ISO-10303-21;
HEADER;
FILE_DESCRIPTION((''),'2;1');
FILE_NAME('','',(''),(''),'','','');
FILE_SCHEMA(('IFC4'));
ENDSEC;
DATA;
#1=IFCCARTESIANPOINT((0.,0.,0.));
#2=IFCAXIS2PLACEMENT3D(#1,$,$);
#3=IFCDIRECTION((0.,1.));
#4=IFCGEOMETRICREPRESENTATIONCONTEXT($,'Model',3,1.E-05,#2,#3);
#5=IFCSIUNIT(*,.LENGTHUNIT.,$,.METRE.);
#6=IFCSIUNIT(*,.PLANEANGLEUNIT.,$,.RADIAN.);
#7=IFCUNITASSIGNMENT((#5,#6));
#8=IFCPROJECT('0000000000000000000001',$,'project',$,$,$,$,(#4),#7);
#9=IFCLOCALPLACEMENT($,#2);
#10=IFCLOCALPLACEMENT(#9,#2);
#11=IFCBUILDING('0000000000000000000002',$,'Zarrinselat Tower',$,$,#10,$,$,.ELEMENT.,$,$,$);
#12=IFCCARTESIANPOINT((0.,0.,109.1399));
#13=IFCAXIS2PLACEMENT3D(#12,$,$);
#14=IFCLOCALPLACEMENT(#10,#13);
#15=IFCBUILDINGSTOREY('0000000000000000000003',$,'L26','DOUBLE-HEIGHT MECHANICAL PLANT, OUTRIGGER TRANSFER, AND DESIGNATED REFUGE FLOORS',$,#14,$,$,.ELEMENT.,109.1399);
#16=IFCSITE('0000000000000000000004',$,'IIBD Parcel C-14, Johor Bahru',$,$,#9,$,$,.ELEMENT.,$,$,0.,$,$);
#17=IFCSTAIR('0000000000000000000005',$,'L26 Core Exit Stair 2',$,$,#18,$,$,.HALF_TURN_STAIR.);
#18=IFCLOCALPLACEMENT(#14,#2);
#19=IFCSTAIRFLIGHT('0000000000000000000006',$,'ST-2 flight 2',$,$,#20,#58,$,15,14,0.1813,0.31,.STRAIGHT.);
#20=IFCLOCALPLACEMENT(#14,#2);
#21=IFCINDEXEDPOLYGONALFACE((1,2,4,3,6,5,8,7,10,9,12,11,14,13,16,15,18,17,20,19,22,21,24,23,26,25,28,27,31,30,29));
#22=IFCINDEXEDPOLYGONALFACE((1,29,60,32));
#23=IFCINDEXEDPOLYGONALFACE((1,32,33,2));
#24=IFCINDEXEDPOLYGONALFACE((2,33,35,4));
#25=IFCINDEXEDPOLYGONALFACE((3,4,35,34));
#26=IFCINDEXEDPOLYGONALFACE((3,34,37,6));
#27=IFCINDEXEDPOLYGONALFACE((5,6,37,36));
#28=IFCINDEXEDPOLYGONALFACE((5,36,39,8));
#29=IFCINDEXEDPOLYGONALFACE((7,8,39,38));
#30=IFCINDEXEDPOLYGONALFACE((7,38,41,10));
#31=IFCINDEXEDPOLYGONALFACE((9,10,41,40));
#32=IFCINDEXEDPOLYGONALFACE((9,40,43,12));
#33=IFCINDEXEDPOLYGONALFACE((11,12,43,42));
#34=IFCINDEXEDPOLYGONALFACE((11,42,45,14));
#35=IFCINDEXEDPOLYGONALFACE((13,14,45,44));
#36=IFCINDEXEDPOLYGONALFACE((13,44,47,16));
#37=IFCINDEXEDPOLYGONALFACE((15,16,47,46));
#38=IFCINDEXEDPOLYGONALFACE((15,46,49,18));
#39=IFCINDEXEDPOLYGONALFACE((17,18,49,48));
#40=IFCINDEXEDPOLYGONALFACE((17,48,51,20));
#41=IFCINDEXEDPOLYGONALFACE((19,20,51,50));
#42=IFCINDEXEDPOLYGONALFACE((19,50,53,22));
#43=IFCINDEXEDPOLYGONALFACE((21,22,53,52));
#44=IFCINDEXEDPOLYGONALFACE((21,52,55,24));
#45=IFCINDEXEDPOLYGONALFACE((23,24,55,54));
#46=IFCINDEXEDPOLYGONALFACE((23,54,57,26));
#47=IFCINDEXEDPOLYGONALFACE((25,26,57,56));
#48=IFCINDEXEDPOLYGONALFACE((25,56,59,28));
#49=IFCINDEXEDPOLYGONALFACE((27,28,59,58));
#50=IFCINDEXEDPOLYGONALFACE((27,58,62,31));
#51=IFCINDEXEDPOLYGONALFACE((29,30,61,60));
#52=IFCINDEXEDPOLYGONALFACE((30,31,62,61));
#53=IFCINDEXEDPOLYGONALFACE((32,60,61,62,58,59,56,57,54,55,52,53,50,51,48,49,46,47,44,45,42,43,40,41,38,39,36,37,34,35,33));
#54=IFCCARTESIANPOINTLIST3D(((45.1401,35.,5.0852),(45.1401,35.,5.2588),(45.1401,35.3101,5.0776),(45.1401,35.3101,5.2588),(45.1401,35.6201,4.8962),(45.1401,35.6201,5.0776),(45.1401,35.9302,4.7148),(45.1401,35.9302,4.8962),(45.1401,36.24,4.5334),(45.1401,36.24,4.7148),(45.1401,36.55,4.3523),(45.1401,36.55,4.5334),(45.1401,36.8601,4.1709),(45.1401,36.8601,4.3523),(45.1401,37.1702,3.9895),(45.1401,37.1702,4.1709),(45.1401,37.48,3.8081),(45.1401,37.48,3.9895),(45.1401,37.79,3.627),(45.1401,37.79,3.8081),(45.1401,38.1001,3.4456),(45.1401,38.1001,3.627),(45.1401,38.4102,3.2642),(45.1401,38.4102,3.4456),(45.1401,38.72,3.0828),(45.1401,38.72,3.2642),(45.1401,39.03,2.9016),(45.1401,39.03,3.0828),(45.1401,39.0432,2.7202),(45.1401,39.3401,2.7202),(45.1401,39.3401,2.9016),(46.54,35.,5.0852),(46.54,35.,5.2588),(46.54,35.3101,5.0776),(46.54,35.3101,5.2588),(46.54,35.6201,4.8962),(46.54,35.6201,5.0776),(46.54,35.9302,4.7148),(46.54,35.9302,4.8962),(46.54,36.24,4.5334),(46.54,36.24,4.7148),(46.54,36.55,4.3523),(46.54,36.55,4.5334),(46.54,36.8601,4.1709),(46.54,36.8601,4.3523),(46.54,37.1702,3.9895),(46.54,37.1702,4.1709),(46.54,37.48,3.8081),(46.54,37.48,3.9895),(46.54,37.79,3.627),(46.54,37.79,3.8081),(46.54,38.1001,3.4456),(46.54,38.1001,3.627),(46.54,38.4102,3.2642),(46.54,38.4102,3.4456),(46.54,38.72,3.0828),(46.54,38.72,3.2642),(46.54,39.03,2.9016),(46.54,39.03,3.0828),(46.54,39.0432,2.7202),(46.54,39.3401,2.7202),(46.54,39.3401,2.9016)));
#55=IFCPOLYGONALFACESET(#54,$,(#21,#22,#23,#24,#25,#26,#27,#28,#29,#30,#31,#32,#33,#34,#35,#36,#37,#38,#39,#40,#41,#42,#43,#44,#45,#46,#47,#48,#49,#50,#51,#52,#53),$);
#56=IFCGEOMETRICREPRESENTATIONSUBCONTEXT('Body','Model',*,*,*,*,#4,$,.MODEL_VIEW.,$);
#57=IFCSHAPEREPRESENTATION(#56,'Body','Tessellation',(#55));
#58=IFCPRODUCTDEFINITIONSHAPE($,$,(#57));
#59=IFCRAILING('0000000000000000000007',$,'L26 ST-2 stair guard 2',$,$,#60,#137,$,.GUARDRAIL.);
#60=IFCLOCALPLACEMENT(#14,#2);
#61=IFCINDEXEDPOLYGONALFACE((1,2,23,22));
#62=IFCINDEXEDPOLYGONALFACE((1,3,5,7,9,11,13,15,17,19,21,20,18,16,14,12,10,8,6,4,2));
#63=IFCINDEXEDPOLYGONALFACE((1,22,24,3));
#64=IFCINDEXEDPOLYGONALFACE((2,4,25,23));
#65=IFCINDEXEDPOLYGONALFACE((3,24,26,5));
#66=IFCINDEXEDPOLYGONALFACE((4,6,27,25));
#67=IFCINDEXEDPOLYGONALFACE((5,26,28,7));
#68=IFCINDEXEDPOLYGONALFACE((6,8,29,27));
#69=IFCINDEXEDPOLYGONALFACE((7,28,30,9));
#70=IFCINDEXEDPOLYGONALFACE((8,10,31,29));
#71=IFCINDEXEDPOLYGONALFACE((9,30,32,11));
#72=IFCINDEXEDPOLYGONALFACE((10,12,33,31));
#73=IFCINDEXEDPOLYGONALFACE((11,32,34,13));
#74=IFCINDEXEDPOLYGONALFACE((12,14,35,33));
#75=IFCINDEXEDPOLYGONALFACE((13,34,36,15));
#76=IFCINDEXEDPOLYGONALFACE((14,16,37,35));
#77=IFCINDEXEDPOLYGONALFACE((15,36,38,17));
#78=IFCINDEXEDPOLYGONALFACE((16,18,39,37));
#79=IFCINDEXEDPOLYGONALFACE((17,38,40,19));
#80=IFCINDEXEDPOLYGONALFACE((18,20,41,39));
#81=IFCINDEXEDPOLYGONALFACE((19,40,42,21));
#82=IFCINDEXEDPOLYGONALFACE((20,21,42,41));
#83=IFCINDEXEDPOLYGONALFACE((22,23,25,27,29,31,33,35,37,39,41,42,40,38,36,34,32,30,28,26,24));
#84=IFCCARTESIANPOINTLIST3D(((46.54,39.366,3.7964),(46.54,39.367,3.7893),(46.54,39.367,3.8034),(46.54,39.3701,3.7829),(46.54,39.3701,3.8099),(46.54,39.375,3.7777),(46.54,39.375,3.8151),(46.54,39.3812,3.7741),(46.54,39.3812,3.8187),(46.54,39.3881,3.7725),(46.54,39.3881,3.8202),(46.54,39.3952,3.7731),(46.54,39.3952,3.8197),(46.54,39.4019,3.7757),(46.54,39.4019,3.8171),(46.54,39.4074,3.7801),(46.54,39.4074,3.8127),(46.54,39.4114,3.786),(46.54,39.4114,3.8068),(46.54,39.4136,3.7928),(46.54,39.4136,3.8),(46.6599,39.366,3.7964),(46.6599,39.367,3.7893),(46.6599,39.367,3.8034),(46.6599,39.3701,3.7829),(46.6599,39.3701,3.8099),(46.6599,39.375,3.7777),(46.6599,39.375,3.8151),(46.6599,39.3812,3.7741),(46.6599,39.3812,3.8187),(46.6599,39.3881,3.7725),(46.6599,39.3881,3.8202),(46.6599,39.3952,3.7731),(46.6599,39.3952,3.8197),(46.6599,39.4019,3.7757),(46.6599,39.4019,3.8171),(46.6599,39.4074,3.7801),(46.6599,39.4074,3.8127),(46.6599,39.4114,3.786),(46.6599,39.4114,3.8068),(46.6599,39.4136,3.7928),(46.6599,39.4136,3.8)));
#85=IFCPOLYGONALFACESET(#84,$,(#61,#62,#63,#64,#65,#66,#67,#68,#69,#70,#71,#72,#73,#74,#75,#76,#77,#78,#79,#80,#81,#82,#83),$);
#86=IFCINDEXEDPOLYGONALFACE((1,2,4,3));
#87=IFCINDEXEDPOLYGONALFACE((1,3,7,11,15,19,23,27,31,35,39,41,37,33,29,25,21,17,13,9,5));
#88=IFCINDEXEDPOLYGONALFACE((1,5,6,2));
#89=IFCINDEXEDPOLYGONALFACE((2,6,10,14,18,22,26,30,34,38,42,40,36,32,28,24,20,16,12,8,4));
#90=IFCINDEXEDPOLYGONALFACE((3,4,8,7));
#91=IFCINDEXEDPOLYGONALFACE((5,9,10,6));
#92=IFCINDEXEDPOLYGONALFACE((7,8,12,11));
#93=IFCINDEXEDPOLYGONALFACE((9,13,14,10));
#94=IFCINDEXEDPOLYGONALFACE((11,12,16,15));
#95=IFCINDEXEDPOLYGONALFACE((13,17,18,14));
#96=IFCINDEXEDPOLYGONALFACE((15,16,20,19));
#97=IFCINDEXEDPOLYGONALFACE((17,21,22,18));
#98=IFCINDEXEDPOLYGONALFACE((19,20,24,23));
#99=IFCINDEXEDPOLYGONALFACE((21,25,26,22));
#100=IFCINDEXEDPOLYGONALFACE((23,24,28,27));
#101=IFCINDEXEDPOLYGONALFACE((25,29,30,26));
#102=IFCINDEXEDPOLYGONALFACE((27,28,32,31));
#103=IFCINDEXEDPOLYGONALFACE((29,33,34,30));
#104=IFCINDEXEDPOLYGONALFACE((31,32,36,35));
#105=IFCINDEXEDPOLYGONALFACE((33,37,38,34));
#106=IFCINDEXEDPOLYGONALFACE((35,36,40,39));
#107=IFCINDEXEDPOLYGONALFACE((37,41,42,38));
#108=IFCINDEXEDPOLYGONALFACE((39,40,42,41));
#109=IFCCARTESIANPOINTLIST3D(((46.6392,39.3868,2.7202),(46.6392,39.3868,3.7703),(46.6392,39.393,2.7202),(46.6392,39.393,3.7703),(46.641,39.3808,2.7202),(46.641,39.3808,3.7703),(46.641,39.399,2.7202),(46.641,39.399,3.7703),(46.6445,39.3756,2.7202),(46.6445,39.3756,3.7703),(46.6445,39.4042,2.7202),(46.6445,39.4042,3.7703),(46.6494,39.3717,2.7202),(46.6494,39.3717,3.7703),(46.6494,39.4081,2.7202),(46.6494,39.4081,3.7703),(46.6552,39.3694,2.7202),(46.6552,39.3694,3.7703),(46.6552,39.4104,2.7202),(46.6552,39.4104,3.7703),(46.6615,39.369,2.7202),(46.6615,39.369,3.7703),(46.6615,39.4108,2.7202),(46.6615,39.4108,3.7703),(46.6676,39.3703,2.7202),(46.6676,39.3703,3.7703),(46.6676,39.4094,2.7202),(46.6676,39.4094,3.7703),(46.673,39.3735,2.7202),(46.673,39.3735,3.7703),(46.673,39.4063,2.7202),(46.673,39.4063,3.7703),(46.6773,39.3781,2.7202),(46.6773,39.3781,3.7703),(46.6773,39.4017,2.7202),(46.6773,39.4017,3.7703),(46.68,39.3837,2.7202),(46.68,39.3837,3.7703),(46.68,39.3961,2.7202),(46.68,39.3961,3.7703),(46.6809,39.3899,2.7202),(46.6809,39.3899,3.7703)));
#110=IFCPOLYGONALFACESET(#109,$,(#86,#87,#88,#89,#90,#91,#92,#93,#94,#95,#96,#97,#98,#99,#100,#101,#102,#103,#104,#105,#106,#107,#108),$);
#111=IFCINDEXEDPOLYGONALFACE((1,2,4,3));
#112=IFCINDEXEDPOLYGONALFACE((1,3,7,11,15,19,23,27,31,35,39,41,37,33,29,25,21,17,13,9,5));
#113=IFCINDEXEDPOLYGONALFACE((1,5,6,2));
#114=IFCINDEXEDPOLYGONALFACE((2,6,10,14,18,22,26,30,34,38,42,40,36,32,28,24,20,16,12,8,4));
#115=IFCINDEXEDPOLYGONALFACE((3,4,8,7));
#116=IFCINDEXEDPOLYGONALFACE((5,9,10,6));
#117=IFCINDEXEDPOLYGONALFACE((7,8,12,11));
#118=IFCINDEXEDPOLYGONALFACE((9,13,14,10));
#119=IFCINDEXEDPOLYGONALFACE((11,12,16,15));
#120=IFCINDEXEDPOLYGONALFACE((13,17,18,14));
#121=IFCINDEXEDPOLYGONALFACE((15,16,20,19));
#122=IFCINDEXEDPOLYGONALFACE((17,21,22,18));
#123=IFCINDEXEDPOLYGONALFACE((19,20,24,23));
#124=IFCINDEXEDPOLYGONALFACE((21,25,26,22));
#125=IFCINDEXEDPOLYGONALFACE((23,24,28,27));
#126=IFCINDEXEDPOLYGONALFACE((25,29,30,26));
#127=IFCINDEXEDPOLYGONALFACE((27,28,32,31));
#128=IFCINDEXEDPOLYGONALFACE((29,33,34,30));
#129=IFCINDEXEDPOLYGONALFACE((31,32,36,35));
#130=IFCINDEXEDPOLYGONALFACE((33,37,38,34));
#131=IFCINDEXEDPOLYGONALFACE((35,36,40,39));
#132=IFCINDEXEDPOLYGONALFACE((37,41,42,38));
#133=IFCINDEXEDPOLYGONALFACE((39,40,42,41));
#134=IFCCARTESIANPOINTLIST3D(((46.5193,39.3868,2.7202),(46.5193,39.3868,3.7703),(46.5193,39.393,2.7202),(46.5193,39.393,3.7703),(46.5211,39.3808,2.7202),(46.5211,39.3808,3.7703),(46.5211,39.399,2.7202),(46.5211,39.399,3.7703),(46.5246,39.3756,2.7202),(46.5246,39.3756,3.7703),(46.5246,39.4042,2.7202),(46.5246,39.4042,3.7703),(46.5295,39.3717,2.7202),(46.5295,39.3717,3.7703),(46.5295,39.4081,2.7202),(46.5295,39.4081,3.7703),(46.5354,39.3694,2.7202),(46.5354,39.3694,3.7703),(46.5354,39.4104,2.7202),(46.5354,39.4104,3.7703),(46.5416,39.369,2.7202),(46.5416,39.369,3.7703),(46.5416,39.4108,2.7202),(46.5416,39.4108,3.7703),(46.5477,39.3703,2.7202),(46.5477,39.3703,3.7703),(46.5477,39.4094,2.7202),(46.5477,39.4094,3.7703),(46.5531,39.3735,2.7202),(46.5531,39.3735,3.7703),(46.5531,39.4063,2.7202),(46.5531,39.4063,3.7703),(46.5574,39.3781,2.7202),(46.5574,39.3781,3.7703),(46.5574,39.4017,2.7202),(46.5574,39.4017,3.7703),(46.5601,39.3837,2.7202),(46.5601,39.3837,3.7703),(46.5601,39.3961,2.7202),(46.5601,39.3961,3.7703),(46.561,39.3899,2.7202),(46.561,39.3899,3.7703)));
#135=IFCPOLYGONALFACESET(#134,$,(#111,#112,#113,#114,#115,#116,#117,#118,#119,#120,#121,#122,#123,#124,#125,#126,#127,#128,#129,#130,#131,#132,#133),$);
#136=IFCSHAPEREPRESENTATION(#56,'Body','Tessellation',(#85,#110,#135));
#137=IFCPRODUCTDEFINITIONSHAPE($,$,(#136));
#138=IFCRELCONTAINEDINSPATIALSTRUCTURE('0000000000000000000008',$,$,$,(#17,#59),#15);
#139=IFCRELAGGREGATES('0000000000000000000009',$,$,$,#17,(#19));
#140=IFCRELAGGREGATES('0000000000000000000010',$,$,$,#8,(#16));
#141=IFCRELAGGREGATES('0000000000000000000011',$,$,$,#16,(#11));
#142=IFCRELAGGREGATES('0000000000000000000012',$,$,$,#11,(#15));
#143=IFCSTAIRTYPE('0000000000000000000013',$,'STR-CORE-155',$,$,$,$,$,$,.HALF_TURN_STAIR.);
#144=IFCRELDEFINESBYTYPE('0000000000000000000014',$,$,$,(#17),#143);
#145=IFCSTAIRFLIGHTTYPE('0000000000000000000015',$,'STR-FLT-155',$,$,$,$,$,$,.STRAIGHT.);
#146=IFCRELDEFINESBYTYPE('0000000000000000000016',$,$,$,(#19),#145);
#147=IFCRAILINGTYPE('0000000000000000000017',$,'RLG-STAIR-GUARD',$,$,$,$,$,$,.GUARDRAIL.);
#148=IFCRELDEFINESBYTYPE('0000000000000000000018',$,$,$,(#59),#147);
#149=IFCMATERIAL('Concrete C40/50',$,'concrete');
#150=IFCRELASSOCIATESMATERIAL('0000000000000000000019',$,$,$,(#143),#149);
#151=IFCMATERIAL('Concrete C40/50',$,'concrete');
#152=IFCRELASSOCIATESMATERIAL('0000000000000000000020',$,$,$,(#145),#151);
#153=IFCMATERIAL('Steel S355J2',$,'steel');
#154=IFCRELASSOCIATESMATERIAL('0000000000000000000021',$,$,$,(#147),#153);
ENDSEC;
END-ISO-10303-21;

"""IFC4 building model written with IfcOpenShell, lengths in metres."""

from ifc_helpers import new_model, si_unit, direction, frame, origin, origin_2d, place, context, subcontext, project, spatial, polyline, circle, outline, extrude, material, type_object, element, aggregate, save


model = new_model("IFC4")

# Units and contexts
model_context = context("Model", 3, precision=1e-05, world=origin(), true_north=direction((0.0, 1.0)))
body_context = subcontext(model_context, "Body", "Model", "MODEL_VIEW")
ifc_project = project(units=[si_unit("LENGTHUNIT", "METRE"), si_unit("PLANEANGLEUNIT", "RADIAN")], contexts=[model_context])

# Site, building, storey
site_placement = place(None, origin())
site = spatial("IfcSite", under=ifc_project, at=site_placement, Name="IIBD Parcel C-14, Johor Bahru", CompositionType="ELEMENT", RefElevation=0.0)
building_placement = place(site_placement, origin())
building = spatial("IfcBuilding", under=site, at=building_placement, Name="Zarrinselat Tower", CompositionType="ELEMENT")
storey_placement = place(building_placement, frame((0.0, 0.0, 109.1399)))
storey = spatial("IfcBuildingStorey", under=building, at=storey_placement, Name="L26", Description="DOUBLE-HEIGHT MECHANICAL PLANT, OUTRIGGER TRANSFER, AND DESIGNATED REFUGE FLOORS", CompositionType="ELEMENT", Elevation=109.1399)

# Stair, stair flight
ifc_material_1 = material(Name="Concrete C40/50", Category="concrete")
stair_type = type_object("IfcStairType", Name="STR-CORE-155", PredefinedType="HALF_TURN_STAIR", material=ifc_material_1)
stair_placement = place(storey_placement, origin())
stair = element("IfcStair", 1, at=stair_placement, inside=storey, type_object=stair_type, Name="L26 Core Exit Stair 2", PredefinedType="HALF_TURN_STAIR")
ifc_material_2 = material(Name="Concrete C40/50", Category="concrete")
stair_flight_type = type_object("IfcStairFlightType", Name="STR-FLT-155", PredefinedType="STRAIGHT", material=ifc_material_2)
stair_flight_placement = place(storey_placement, frame((45.8401, 39.3401, 2.7202), z_axis=(0.0, 0.0, 1.0), x_axis=(0.0, -1.0, 0.0)))
stair_flight = element("IfcStairFlight", 2, at=stair_flight_placement, type_object=stair_flight_type, Name="ST-2 flight 2", NumberOfRisers=15, NumberOfTreads=14, PredefinedType="STRAIGHT", RiserHeight=0.1813, TreadLength=0.31, context=body_context, shape_type="SweptSolid", body=[
    extrude(outline(polyline([(0.0, 0.0), (0.0, 0.1814), (0.3101, 0.1814), (0.3101, 0.3625), (0.6201, 0.3625), (0.6201, 0.5439), (0.9299, 0.5439), (0.9299, 0.7253), (1.24, 0.7253), (1.24, 0.9067), (1.55, 0.9067), (1.55, 1.0879), (1.8601, 1.0879), (1.8601, 1.2693), (2.1699, 1.2693), (2.1699, 1.4507), (2.48, 1.4507), (2.48, 1.6321), (2.79, 1.6321), (2.79, 1.8132), (3.1001, 1.8132), (3.1001, 1.9946), (3.4099, 1.9946), (3.4099, 2.176), (3.72, 2.176), (3.72, 2.3574), (4.03, 2.3574), (4.03, 2.5386), (4.3401, 2.5386), (4.3401, 2.72), (4.3401, 2.365), (0.2969, 0.0), (0.0, 0.0)])), frame((0.0, 0.7, 0.0), z_axis=(0.0, -1.0, 0.0), x_axis=(1.0, 0.0, 0.0)), (0.0, 0.0, 1.0), 1.3999),
])
aggregate(stair, [stair_flight])

# Railing
ifc_material_3 = material(Name="Steel S355J2", Category="steel")
railing_type = type_object("IfcRailingType", Name="RLG-STAIR-GUARD", PredefinedType="GUARDRAIL", material=ifc_material_3)
railing_1_placement = place(storey_placement, frame((46.6599, 39.3899, 2.7202)))
element("IfcRailing", 3, at=railing_1_placement, inside=storey, type_object=railing_type, Name="L26 ST-2 stair guard 2", PredefinedType="GUARDRAIL", context=body_context, shape_type="SweptSolid", body=[
    extrude(circle(Radius=0.0239, at=origin_2d()), frame((0.0, 0.0, 1.0762), z_axis=(-1.0, 0.0, 0.0), x_axis=(0.0, -1.0, 0.0)), (0.0, 0.0, 1.0), 0.1199),
    extrude(circle(Radius=0.021, at=origin_2d()), origin(), (0.0, 0.0, 1.0), 1.05),
    extrude(circle(Radius=0.021, at=origin_2d()), frame((-0.1199, 0.0, 0.0)), (0.0, 0.0, 1.0), 1.05),
])

save(model, "model.ifc")
